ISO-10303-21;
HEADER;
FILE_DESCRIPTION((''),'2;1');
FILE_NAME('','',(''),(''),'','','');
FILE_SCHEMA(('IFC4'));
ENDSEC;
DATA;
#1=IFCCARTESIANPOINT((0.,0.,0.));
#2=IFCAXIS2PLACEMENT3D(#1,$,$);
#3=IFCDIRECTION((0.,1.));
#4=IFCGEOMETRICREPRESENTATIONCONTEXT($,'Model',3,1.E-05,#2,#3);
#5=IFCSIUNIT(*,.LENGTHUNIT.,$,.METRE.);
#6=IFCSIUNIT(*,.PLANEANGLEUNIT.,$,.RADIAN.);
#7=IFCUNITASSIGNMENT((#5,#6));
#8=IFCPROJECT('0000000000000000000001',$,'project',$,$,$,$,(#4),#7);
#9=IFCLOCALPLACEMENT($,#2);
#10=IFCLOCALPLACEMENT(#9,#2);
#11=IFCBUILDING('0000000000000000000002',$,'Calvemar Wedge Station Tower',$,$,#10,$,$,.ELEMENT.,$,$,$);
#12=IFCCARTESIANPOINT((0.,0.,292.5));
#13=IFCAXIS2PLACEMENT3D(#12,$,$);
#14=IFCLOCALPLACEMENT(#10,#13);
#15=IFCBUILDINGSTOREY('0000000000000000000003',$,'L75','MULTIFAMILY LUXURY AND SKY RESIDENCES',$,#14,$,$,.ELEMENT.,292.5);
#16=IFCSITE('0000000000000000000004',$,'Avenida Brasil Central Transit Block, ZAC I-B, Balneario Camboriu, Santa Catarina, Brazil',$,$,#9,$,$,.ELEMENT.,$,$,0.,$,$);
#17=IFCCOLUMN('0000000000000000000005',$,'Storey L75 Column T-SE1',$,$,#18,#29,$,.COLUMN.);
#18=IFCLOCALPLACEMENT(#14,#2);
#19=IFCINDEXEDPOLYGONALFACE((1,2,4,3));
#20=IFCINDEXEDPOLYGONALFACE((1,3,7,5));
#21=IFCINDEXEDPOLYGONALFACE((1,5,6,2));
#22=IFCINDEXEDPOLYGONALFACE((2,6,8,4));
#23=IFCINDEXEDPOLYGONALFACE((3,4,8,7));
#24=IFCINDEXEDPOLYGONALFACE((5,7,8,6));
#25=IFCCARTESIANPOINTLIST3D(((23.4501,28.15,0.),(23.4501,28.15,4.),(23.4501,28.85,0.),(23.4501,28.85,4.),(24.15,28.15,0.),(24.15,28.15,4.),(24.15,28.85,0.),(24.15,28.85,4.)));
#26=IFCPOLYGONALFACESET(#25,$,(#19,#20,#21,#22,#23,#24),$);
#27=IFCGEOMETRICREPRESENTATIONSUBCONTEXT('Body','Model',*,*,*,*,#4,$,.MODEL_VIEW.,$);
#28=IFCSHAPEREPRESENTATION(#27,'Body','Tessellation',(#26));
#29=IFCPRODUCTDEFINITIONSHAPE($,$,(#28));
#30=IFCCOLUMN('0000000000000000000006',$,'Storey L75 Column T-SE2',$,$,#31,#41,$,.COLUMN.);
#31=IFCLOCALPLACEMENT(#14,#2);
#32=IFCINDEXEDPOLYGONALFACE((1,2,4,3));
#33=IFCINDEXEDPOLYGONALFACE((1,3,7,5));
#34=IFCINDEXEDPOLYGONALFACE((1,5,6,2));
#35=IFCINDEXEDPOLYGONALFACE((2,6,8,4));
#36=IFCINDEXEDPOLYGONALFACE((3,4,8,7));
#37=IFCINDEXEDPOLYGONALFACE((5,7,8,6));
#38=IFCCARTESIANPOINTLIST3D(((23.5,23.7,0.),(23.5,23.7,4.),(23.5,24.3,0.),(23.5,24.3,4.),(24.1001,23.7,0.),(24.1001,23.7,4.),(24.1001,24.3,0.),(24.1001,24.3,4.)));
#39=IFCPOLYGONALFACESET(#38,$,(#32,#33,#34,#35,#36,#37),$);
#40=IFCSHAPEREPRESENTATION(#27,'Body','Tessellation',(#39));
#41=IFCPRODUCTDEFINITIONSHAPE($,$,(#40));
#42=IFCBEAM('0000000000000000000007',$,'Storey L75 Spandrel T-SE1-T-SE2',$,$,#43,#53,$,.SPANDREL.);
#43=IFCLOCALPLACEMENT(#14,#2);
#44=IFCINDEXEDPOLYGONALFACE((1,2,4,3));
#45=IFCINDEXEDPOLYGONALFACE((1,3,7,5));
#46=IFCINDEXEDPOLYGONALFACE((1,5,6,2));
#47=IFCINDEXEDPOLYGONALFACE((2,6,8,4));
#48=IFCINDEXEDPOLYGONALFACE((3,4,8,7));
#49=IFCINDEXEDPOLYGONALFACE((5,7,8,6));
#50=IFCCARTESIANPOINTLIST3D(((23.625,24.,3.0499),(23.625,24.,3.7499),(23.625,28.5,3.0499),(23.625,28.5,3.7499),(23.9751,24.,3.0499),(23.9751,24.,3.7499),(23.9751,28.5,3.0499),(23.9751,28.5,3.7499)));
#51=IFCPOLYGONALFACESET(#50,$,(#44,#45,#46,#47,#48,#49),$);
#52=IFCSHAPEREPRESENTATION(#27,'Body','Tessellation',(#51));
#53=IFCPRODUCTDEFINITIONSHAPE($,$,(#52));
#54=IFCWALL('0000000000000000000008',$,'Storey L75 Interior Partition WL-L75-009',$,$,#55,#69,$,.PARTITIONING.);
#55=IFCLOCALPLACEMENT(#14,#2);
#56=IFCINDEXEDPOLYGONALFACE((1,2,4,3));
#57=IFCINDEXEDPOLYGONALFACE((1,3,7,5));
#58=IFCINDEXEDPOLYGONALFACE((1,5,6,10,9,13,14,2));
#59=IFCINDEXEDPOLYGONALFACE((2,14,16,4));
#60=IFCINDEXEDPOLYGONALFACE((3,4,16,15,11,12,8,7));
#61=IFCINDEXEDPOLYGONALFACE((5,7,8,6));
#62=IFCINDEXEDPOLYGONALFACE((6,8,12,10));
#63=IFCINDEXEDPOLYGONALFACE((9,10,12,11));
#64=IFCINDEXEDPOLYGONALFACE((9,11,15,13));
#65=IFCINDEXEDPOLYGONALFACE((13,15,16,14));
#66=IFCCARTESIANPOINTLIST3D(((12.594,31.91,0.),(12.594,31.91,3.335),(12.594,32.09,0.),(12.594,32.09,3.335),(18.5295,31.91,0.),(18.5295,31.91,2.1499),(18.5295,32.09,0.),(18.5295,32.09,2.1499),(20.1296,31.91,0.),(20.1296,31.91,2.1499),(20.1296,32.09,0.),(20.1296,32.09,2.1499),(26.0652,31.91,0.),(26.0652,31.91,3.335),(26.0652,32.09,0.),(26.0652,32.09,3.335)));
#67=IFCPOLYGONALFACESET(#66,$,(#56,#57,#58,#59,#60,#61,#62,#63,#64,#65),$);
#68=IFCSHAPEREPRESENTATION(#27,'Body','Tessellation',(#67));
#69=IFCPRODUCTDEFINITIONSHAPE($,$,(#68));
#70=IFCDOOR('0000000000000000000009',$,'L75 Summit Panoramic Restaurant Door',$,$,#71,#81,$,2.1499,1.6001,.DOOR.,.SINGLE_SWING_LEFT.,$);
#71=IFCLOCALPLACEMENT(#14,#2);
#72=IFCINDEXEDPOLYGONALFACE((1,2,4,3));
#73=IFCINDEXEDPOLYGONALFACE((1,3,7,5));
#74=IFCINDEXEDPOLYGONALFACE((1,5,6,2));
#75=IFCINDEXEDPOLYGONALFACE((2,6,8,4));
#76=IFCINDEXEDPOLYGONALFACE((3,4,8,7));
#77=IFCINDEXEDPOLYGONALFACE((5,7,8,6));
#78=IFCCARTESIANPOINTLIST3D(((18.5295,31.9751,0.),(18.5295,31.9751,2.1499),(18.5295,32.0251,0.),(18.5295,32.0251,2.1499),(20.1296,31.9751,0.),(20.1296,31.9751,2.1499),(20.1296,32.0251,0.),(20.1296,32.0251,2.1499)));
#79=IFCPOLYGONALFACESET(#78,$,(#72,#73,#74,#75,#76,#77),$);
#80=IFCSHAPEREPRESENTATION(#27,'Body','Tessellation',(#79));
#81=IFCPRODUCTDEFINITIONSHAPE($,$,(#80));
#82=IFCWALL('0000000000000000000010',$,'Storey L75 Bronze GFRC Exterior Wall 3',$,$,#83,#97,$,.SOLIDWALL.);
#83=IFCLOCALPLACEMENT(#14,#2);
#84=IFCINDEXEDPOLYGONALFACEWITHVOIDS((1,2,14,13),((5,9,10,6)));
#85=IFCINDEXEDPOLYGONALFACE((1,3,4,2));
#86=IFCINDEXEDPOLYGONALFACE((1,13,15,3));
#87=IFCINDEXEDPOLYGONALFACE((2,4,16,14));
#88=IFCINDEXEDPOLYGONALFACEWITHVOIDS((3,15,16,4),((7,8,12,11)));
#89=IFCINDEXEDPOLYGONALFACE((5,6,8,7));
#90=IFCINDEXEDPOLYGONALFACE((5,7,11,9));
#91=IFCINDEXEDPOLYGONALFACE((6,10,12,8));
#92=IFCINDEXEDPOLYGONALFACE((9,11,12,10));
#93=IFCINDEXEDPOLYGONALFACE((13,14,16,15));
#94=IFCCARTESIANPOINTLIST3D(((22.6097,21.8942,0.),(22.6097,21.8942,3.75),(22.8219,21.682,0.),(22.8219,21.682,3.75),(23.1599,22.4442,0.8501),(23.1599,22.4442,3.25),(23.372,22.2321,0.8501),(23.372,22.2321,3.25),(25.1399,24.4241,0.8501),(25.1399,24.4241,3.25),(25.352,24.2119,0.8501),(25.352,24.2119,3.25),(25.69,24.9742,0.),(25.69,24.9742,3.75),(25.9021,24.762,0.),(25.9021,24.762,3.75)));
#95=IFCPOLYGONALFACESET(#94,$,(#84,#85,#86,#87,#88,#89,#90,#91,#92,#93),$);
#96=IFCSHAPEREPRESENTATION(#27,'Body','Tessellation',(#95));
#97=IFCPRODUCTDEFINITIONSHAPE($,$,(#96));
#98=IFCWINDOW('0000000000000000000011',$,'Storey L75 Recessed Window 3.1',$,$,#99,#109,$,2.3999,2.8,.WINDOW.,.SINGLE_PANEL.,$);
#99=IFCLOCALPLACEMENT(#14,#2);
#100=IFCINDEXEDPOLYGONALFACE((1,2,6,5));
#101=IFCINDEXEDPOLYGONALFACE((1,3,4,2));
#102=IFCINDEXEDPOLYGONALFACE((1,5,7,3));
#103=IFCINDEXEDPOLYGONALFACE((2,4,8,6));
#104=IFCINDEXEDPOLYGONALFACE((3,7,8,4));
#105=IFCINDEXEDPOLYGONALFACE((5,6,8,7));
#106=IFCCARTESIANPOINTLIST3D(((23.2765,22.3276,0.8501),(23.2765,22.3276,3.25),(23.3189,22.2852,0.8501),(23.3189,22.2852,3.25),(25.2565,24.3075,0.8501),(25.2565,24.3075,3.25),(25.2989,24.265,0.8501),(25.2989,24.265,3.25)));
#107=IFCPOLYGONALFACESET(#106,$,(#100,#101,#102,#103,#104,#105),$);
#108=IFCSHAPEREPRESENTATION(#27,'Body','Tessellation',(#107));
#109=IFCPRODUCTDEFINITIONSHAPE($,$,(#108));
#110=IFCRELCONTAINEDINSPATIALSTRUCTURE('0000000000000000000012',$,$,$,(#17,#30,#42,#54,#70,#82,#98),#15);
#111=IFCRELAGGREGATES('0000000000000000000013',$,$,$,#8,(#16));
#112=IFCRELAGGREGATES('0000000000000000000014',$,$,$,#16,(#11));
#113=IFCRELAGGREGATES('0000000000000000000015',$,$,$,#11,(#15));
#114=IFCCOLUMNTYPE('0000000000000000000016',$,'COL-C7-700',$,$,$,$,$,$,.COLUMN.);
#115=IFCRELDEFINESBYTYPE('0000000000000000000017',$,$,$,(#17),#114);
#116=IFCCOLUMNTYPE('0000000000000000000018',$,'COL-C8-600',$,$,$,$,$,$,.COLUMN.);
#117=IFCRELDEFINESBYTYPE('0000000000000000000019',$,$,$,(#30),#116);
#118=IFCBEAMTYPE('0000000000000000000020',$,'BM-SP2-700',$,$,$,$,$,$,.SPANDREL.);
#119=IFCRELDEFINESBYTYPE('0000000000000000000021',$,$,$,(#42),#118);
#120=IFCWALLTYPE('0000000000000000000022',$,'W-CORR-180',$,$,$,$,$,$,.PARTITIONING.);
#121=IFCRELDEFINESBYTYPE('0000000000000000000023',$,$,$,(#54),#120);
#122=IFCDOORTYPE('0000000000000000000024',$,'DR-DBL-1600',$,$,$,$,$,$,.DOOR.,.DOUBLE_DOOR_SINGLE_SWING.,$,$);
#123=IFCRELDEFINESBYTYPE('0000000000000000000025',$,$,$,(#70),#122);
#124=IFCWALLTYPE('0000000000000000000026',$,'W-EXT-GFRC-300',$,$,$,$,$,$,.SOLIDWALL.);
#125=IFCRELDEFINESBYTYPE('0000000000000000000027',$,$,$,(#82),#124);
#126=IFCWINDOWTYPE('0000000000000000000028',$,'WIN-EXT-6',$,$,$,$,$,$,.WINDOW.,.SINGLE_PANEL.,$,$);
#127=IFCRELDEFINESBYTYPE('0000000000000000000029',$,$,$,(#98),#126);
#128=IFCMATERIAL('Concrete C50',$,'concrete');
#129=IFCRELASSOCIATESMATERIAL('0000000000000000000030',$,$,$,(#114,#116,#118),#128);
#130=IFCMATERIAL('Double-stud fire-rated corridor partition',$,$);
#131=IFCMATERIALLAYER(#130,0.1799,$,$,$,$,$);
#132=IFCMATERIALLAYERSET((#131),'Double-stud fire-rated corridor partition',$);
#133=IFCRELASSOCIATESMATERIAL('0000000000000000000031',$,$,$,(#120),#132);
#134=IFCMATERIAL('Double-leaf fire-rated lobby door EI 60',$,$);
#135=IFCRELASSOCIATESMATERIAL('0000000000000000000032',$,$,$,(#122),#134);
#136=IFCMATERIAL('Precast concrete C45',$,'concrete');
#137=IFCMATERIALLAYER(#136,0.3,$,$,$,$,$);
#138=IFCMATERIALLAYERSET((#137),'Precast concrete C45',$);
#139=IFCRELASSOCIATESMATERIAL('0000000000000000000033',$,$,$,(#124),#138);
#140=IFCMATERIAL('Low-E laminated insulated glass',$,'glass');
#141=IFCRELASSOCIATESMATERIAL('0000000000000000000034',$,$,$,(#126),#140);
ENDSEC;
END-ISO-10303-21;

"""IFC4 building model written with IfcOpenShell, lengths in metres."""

from ifc_helpers import new_model, si_unit, direction, frame, frame_2d, origin, origin_2d, place, context, subcontext, project, spatial, rectangle, extrude, source, transform, mapped, material, layer, layer_set, material_profile, profile_set, type_object, element, fill, save


model = new_model("IFC4")

# Units and contexts
model_context = context("Model", 3, precision=1e-05, world=origin(), true_north=direction((0.0, 1.0)))
body_context = subcontext(model_context, "Body", "Model", "MODEL_VIEW")
ifc_project = project(units=[si_unit("LENGTHUNIT", "METRE"), si_unit("PLANEANGLEUNIT", "RADIAN")], contexts=[model_context])

# Site, building, storey
site_placement = place(None, origin())
site = spatial("IfcSite", under=ifc_project, at=site_placement, Name="Avenida Brasil Central Transit Block, ZAC I-B, Balneario Camboriu, Santa Catarina, Brazil", CompositionType="ELEMENT", RefElevation=0.0)
building_placement = place(site_placement, origin())
building = spatial("IfcBuilding", under=site, at=building_placement, Name="Calvemar Wedge Station Tower", CompositionType="ELEMENT")
storey_placement = place(building_placement, frame((0.0, 0.0, 292.5)))
storey = spatial("IfcBuildingStorey", under=building, at=storey_placement, Name="L75", Description="MULTIFAMILY LUXURY AND SKY RESIDENCES", CompositionType="ELEMENT", Elevation=292.5)

# Columns
ifc_material_1 = material(Name="Concrete C50", Category="concrete")
ifc_material_profile_1 = material_profile(ifc_material_1, rectangle(XDim=0.7, YDim=0.7, at=origin_2d()), Name="RC700x700")
ifc_profile_set_1 = profile_set([ifc_material_profile_1], Name="Concrete C50")
column_type_1 = type_object("IfcColumnType", Name="COL-C7-700", PredefinedType="COLUMN", material=ifc_profile_set_1)
shared_shape_1 = source(origin(), body_context, "Body", "SweptSolid", [
    extrude(rectangle(XDim=0.7, YDim=0.7, at=origin_2d()), origin(), (0.0, 0.0, 1.0), 4.0),
])
column_1_placement = place(storey_placement, frame((23.8, 28.5, 0.0), z_axis=(0.0, 0.0, 1.0), x_axis=(1.0, 0.0, 0.0)))
element("IfcColumn", 1, at=column_1_placement, inside=storey, type_object=column_type_1, Name="Storey L75 Column T-SE1", PredefinedType="COLUMN", context=body_context, shape_type="MappedRepresentation", body=[
    mapped(shared_shape_1, transform((0.0, 0.0, 0.0), scale=1.0)),
])
ifc_material_profile_2 = material_profile(ifc_material_1, rectangle(XDim=0.6001, YDim=0.6001, at=origin_2d()), Name="RC600x600")
ifc_profile_set_2 = profile_set([ifc_material_profile_2], Name="Concrete C50")
column_type_2 = type_object("IfcColumnType", Name="COL-C8-600", PredefinedType="COLUMN", material=ifc_profile_set_2)
shared_shape_2 = source(origin(), body_context, "Body", "SweptSolid", [
    extrude(rectangle(XDim=0.6001, YDim=0.6001, at=origin_2d()), origin(), (0.0, 0.0, 1.0), 4.0),
])
column_2_placement = place(storey_placement, frame((23.8, 24.0, 0.0), z_axis=(0.0, 0.0, 1.0), x_axis=(1.0, 0.0, 0.0)))
element("IfcColumn", 2, at=column_2_placement, inside=storey, type_object=column_type_2, Name="Storey L75 Column T-SE2", PredefinedType="COLUMN", context=body_context, shape_type="MappedRepresentation", body=[
    mapped(shared_shape_2, transform((0.0, 0.0, 0.0), scale=1.0)),
])

# Beam
ifc_material_profile_3 = material_profile(ifc_material_1, rectangle(XDim=0.3501, YDim=0.7, at=origin_2d()), Name="RC350x700")
ifc_profile_set_3 = profile_set([ifc_material_profile_3], Name="Concrete C50")
beam_type = type_object("IfcBeamType", Name="BM-SP2-700", PredefinedType="SPANDREL", material=ifc_profile_set_3)
shared_shape_3 = source(origin(), body_context, "Body", "SweptSolid", [
    extrude(rectangle(XDim=0.3501, YDim=0.7, at=origin_2d()), origin(), (0.0, 0.0, 1.0), 4.5),
])
beam_placement = place(storey_placement, frame((23.8, 28.5, 3.3999), z_axis=(0.0, -1.0, 0.0), x_axis=(1.0, 0.0, 0.0)))
element("IfcBeam", 3, at=beam_placement, inside=storey, type_object=beam_type, Name="Storey L75 Spandrel T-SE1-T-SE2", PredefinedType="SPANDREL", context=body_context, shape_type="MappedRepresentation", body=[
    mapped(shared_shape_3, transform((0.0, 0.0, 0.0), scale=1.0)),
])

# Wall, opening, door
ifc_material_2 = material(Name="Double-stud fire-rated corridor partition")
ifc_layer_1 = layer(ifc_material_2, 0.1799)
ifc_layer_set_1 = layer_set([ifc_layer_1], Name="Double-stud fire-rated corridor partition")
wall_type_1 = type_object("IfcWallType", Name="W-CORR-180", PredefinedType="PARTITIONING", material=ifc_layer_set_1)
wall_1_placement = place(storey_placement, frame((26.0652, 32.0, 0.0), z_axis=(0.0, 0.0, 1.0), x_axis=(-1.0, 0.0, 0.0)))
wall_1 = element("IfcWall", 4, at=wall_1_placement, inside=storey, type_object=wall_type_1, Name="Storey L75 Interior Partition WL-L75-009", PredefinedType="PARTITIONING", context=body_context, shape_type="SweptSolid", body=[
    extrude(rectangle(XDim=13.4712, YDim=0.1799, at=frame_2d((6.7356, 0.0))), origin(), (0.0, 0.0, 1.0), 3.335),
])
shared_shape_4 = source(origin(), body_context, "Body", "SweptSolid", [
    extrude(rectangle(XDim=1.6001, YDim=2.1499, at=frame_2d((0.8, 1.075))), frame((0.0, 0.1001, 0.0), z_axis=(0.0, -1.0, 0.0), x_axis=(1.0, 0.0, 0.0)), (0.0, 0.0, 1.0), 0.2),
])
opening_1_placement = place(wall_1_placement, frame((5.9355, 0.0, 0.0)))
opening_1 = element("IfcOpeningElement", 5, at=opening_1_placement, cuts=wall_1, PredefinedType="OPENING", context=body_context, shape_type="MappedRepresentation", body=[
    mapped(shared_shape_4, transform((0.0, 0.0, 0.0), scale=1.0)),
])
ifc_material_3 = material(Name="Double-leaf fire-rated lobby door EI 60")
door_type_1 = type_object("IfcDoorType", Name="DR-DBL-1600", OperationType="DOUBLE_DOOR_SINGLE_SWING", PredefinedType="DOOR", material=ifc_material_3)
shared_shape_5 = source(origin(), body_context, "Body", "SweptSolid", [
    extrude(rectangle(XDim=1.6001, YDim=2.1499, at=frame_2d((0.8, 1.075))), frame((0.0, 0.0249, 0.0), z_axis=(0.0, -1.0, 0.0), x_axis=(1.0, 0.0, 0.0)), (0.0, 0.0, 1.0), 0.05),
])
door_1_placement = place(opening_1_placement, origin())
door_1 = element("IfcDoor", 6, at=door_1_placement, inside=storey, type_object=door_type_1, Name="L75 Summit Panoramic Restaurant Door", OperationType="SINGLE_SWING_LEFT", OverallHeight=2.1499, OverallWidth=1.6001, PredefinedType="DOOR", context=body_context, shape_type="MappedRepresentation", body=[
    mapped(shared_shape_5, transform((0.0, 0.0, 0.0), scale=1.0)),
])
fill(opening_1, door_1)

# Wall, opening, window
ifc_material_4 = material(Name="Precast concrete C45", Category="concrete")
ifc_layer_2 = layer(ifc_material_4, 0.3)
ifc_layer_set_2 = layer_set([ifc_layer_2], Name="Precast concrete C45")
wall_type_2 = type_object("IfcWallType", Name="W-EXT-GFRC-300", PredefinedType="SOLIDWALL", material=ifc_layer_set_2)
wall_2_placement = place(storey_placement, frame((22.7158, 21.7881, 0.0), z_axis=(0.0, 0.0, 1.0), x_axis=(0.707135, 0.707079, 0.0)))
wall_2 = element("IfcWall", 7, at=wall_2_placement, inside=storey, type_object=wall_type_2, Name="Storey L75 Bronze GFRC Exterior Wall 3", PredefinedType="SOLIDWALL", context=body_context, shape_type="SweptSolid", body=[
    extrude(rectangle(XDim=4.356, YDim=0.3, at=frame_2d((2.178, 0.0))), origin(), (0.0, 0.0, 1.0), 3.75),
])
shared_shape_6 = source(origin(), body_context, "Body", "SweptSolid", [
    extrude(rectangle(XDim=2.8, YDim=2.3999, at=frame_2d((1.3999, 1.2))), frame((0.0, 0.1602, 0.0), z_axis=(0.0, -1.0, 0.0), x_axis=(1.0, 0.0, 0.0)), (0.0, 0.0, 1.0), 0.3201),
])
opening_2_placement = place(wall_2_placement, frame((0.7781, 0.0, 0.8501)))
opening_2 = element("IfcOpeningElement", 8, at=opening_2_placement, cuts=wall_2, PredefinedType="OPENING", context=body_context, shape_type="MappedRepresentation", body=[
    mapped(shared_shape_6, transform((0.0, 0.0, 0.0), scale=1.0)),
])
ifc_material_5 = material(Name="Low-E laminated insulated glass", Category="glass")
window_type_1 = type_object("IfcWindowType", Name="WIN-EXT-6", PartitioningType="SINGLE_PANEL", PredefinedType="WINDOW", material=ifc_material_5)
shared_shape_7 = source(origin(), body_context, "Body", "SweptSolid", [
    extrude(rectangle(XDim=2.8, YDim=2.3999, at=frame_2d((1.3999, 1.2))), frame((0.0, -0.0149, 0.0), z_axis=(0.0, -1.0, 0.0), x_axis=(1.0, 0.0, 0.0)), (0.0, 0.0, 1.0), 0.0601),
])
window_1_placement = place(opening_2_placement, origin())
window_1 = element("IfcWindow", 9, at=window_1_placement, inside=storey, type_object=window_type_1, Name="Storey L75 Recessed Window 3.1", OverallHeight=2.3999, OverallWidth=2.8, PartitioningType="SINGLE_PANEL", PredefinedType="WINDOW", context=body_context, shape_type="MappedRepresentation", body=[
    mapped(shared_shape_7, transform((0.0, 0.0, 0.0), scale=1.0)),
])
fill(opening_2, window_1)

save(model, "model.ifc")
